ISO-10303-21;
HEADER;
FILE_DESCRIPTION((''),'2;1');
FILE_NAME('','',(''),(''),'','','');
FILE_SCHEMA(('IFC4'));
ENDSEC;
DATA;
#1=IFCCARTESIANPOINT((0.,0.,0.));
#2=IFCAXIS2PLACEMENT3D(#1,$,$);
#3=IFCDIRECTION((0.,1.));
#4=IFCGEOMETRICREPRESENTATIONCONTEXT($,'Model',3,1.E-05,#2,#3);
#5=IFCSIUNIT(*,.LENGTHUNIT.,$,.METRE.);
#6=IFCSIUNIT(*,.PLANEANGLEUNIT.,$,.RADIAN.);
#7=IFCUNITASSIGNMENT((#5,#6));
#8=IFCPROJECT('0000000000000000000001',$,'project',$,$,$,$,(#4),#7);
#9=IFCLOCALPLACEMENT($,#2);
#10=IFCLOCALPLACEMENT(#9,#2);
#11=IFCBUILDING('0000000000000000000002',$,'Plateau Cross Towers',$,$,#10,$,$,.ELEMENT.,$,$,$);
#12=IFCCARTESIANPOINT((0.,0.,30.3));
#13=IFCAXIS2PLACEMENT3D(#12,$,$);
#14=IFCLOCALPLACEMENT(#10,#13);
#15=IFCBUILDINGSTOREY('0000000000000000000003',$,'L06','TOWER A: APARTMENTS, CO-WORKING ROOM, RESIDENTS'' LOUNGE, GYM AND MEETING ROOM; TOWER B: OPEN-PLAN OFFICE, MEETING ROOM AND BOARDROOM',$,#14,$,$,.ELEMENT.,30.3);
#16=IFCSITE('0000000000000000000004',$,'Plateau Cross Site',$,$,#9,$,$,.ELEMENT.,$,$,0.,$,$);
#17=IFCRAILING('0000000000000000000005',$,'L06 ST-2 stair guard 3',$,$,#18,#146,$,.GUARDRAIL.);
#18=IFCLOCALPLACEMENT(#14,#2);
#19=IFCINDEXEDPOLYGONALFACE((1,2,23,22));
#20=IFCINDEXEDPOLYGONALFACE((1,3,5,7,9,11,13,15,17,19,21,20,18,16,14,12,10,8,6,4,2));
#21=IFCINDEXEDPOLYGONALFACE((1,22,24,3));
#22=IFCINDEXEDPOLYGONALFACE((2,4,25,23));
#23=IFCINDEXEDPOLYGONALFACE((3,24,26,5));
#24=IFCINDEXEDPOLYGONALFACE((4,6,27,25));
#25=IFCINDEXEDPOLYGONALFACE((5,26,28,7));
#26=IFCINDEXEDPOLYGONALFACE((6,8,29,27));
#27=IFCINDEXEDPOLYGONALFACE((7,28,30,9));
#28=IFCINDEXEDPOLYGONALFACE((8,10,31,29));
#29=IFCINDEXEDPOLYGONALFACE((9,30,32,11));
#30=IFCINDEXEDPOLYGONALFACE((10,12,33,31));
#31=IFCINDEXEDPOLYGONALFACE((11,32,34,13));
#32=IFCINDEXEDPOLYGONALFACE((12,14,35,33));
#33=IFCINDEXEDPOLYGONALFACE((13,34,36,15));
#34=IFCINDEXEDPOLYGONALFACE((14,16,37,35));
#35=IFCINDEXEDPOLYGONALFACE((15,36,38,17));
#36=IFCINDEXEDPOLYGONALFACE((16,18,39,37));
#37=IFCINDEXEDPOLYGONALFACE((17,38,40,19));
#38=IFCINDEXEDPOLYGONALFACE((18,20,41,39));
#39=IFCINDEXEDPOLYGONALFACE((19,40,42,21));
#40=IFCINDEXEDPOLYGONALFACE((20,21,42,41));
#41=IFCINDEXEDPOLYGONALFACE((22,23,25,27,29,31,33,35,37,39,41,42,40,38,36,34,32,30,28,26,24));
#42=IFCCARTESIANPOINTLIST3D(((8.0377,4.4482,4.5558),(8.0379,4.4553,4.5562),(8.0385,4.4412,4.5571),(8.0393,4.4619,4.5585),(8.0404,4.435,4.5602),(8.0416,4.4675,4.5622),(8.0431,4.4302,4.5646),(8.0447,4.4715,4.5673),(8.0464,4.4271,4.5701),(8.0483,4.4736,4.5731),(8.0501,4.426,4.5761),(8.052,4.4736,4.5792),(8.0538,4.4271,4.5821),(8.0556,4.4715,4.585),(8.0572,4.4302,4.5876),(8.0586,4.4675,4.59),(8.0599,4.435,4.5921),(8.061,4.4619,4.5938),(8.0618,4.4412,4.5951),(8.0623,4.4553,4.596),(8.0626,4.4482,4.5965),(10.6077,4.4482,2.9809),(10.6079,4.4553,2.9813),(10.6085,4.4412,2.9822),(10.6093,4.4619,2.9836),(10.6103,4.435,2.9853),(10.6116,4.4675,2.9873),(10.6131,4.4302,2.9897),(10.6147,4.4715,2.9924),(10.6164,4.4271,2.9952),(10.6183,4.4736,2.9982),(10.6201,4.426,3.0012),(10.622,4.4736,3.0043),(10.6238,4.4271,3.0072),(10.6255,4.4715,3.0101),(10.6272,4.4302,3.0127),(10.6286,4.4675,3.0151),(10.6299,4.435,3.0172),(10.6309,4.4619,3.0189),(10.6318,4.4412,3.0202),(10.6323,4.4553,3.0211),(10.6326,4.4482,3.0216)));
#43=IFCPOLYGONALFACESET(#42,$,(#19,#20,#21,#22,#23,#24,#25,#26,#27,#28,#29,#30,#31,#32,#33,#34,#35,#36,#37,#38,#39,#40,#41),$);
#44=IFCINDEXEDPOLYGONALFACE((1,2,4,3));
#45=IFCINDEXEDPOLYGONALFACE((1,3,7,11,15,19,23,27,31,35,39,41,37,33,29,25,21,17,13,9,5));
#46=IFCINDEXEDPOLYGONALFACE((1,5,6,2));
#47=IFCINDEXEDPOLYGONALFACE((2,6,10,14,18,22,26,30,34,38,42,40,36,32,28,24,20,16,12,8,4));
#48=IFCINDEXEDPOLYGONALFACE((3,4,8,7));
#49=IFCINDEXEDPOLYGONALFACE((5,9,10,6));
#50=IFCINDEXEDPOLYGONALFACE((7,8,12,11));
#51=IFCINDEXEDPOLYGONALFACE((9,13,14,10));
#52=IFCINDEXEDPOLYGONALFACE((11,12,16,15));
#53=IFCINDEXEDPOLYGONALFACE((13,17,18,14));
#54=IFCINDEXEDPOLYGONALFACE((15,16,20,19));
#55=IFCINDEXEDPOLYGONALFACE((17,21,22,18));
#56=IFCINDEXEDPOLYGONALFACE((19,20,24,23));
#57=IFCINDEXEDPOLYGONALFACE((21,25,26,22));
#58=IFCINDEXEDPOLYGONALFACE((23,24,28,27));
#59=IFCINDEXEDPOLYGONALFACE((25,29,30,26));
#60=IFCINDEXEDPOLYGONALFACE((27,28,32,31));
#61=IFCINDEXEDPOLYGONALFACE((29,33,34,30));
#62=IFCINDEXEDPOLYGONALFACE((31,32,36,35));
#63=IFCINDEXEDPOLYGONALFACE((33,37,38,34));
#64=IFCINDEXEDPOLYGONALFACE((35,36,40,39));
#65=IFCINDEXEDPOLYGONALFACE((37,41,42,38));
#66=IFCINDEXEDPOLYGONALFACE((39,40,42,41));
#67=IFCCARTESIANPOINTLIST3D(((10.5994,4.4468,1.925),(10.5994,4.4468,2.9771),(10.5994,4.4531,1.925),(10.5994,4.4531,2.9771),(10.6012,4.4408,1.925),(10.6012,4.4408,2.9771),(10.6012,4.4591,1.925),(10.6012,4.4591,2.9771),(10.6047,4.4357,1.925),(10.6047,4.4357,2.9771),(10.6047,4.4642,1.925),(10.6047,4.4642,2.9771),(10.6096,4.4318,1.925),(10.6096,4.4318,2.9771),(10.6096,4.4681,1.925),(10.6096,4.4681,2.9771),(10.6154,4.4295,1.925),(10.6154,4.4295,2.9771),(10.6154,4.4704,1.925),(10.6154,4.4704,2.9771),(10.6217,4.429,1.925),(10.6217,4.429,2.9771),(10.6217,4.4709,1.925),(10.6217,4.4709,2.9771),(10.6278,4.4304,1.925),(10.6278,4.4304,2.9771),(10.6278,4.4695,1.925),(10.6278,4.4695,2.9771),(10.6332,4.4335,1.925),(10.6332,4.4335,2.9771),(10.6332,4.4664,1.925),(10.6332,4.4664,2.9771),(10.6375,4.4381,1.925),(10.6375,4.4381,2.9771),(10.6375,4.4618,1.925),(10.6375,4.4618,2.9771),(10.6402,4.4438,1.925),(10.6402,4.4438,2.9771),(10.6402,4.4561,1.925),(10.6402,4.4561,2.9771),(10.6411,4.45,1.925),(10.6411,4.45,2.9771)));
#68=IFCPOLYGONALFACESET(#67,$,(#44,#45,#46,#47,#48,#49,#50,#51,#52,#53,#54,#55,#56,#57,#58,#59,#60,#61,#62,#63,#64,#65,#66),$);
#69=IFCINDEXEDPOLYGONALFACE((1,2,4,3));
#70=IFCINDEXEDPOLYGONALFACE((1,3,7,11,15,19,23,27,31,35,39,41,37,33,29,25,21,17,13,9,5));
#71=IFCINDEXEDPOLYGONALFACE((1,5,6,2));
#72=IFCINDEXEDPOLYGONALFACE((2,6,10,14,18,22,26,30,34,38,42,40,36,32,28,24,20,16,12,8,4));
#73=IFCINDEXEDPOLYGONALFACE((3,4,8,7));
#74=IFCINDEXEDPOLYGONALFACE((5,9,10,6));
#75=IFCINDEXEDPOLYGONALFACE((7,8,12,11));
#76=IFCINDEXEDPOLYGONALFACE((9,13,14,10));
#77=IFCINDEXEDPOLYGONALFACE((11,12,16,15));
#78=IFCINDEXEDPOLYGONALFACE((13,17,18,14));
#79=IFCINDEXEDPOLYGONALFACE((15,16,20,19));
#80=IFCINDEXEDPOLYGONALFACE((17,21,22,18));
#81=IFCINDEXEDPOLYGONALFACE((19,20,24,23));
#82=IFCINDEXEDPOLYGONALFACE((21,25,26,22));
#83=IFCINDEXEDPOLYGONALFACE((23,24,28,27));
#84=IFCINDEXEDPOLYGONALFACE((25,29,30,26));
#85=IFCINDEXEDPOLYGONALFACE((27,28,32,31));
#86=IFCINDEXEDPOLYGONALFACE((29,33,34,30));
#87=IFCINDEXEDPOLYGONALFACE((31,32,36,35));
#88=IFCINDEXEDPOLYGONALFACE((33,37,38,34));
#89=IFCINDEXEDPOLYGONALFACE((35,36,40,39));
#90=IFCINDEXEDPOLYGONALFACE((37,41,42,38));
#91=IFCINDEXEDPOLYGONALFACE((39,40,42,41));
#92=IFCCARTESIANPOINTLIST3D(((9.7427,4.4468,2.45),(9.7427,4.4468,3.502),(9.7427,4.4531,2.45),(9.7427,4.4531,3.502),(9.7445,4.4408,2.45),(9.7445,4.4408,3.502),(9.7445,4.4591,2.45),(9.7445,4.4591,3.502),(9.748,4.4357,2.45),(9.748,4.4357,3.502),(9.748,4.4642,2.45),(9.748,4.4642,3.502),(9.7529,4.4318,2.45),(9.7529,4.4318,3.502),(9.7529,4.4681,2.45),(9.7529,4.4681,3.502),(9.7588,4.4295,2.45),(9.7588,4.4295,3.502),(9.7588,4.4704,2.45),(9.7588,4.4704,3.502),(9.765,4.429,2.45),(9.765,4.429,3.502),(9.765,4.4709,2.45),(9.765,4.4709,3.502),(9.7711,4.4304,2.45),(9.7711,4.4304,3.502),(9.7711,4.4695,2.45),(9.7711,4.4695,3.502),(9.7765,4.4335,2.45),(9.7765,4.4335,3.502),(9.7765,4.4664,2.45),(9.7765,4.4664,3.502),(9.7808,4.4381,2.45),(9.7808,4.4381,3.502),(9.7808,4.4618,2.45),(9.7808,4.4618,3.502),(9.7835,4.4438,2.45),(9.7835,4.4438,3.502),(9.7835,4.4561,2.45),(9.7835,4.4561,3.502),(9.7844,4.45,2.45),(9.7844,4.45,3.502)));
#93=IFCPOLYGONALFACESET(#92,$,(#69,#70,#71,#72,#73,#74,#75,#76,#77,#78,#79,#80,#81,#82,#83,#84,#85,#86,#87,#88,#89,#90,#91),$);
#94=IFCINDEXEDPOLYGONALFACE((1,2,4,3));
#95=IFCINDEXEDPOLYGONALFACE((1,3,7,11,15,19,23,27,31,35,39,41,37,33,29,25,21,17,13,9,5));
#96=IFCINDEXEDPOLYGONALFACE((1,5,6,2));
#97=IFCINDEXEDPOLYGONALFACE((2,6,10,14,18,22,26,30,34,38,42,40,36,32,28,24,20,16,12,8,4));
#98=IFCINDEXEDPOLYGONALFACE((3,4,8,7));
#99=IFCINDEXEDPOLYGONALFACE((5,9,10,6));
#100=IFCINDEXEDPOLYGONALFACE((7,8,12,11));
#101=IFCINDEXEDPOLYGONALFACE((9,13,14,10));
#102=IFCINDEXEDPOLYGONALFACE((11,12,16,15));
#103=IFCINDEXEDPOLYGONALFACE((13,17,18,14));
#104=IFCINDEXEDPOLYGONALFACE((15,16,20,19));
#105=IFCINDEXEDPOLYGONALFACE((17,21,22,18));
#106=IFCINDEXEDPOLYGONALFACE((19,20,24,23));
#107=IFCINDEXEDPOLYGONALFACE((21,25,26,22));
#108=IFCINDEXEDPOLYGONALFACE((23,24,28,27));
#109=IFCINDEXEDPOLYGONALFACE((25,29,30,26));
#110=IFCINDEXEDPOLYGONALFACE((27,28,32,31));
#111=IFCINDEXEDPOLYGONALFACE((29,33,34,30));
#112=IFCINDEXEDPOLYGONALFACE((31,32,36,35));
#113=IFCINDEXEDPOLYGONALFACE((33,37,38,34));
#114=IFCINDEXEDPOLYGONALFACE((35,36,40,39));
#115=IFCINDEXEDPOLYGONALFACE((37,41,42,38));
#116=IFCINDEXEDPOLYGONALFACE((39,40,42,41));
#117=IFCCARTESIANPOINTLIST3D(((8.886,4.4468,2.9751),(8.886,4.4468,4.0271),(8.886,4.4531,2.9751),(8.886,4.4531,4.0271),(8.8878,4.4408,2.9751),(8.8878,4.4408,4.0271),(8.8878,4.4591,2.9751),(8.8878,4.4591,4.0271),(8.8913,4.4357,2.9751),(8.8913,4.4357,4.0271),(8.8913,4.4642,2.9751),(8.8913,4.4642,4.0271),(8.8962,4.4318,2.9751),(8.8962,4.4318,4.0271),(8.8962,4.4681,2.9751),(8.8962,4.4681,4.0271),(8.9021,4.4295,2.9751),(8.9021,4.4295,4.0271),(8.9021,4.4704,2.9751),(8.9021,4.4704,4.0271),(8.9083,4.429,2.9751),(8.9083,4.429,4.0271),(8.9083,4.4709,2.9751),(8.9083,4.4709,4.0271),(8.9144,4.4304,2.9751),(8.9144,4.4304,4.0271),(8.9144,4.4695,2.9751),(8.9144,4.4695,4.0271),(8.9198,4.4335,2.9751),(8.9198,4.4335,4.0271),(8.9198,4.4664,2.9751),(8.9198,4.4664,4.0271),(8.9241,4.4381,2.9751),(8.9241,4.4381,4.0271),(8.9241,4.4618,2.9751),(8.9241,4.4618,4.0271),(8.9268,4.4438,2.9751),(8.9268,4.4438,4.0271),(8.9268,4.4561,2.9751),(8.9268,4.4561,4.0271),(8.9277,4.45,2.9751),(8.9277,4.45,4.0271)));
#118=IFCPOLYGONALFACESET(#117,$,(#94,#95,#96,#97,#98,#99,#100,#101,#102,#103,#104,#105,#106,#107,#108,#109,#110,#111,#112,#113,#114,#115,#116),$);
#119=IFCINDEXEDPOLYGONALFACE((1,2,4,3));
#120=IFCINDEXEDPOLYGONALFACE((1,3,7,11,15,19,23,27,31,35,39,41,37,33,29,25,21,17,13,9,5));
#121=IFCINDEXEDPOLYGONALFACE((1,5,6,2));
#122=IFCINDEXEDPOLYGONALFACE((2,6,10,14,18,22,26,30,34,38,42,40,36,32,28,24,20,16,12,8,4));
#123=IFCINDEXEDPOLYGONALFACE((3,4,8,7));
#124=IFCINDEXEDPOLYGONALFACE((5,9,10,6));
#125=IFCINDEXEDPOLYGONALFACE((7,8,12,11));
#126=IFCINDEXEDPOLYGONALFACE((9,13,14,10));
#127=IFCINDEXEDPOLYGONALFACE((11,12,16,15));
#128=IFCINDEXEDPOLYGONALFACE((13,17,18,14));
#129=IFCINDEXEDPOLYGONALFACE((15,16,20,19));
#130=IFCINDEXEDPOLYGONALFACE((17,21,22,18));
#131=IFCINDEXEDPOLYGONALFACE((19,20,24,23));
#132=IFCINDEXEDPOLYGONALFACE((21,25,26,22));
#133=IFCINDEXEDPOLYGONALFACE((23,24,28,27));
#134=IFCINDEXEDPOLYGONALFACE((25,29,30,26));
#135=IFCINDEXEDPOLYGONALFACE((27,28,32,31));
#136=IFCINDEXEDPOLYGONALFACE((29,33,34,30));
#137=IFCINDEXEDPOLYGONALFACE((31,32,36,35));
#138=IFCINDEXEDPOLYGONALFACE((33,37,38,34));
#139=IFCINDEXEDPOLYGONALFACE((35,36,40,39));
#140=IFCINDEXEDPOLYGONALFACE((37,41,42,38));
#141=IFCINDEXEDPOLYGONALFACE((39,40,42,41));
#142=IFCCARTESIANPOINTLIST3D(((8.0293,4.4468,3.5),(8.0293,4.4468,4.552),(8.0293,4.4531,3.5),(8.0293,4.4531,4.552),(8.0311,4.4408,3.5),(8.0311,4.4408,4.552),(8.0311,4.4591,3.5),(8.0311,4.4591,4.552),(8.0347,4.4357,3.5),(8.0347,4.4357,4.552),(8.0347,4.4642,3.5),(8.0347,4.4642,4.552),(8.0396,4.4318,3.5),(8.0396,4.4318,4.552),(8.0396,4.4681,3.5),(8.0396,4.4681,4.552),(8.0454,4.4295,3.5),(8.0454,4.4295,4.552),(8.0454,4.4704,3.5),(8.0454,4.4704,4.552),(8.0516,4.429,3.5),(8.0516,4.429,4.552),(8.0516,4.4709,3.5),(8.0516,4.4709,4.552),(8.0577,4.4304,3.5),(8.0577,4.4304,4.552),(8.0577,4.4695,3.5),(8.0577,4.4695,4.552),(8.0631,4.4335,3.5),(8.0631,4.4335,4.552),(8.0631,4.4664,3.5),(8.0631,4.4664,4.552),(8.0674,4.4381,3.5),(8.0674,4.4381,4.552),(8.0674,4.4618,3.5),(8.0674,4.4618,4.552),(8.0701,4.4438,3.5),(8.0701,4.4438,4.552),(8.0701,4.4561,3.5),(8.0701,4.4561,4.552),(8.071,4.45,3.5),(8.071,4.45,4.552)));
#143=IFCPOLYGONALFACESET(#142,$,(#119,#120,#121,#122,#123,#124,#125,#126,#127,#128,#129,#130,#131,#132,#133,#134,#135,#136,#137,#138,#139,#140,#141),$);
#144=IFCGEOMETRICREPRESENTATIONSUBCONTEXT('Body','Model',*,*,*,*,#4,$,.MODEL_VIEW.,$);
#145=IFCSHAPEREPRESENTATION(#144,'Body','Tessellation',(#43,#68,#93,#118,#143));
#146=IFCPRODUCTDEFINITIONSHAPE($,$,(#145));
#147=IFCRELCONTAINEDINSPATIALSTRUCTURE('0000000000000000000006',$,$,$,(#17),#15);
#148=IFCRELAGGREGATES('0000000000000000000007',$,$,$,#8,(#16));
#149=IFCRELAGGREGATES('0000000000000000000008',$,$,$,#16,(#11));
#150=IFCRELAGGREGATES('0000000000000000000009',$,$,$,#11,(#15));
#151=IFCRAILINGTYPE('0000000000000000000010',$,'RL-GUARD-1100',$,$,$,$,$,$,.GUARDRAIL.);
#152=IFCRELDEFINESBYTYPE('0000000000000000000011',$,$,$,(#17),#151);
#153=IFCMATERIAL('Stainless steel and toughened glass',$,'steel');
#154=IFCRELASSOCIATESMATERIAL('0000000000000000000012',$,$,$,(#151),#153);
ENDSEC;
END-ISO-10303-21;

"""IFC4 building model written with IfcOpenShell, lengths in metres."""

from ifc_helpers import new_model, si_unit, direction, frame, origin, origin_2d, place, context, subcontext, project, spatial, circle, extrude, material, type_object, element, save


model = new_model("IFC4")

# Units and contexts
model_context = context("Model", 3, precision=1e-05, world=origin(), true_north=direction((0.0, 1.0)))
body_context = subcontext(model_context, "Body", "Model", "MODEL_VIEW")
ifc_project = project(units=[si_unit("LENGTHUNIT", "METRE"), si_unit("PLANEANGLEUNIT", "RADIAN")], contexts=[model_context])

# Site, building, storey
site_placement = place(None, origin())
site = spatial("IfcSite", under=ifc_project, at=site_placement, Name="Plateau Cross Site", CompositionType="ELEMENT", RefElevation=0.0)
building_placement = place(site_placement, origin())
building = spatial("IfcBuilding", under=site, at=building_placement, Name="Plateau Cross Towers", CompositionType="ELEMENT")
storey_placement = place(building_placement, frame((0.0, 0.0, 30.3)))
storey = spatial("IfcBuildingStorey", under=building, at=storey_placement, Name="L06", Description="TOWER A: APARTMENTS, CO-WORKING ROOM, RESIDENTS' LOUNGE, GYM AND MEETING ROOM; TOWER B: OPEN-PLAN OFFICE, MEETING ROOM AND BOARDROOM", CompositionType="ELEMENT", Elevation=30.3)

# Railing
ifc_material_1 = material(Name="Stainless steel and toughened glass", Category="steel")
railing_type_1 = type_object("IfcRailingType", Name="RL-GUARD-1100", PredefinedType="GUARDRAIL", material=ifc_material_1)
railing_1_placement = place(storey_placement, frame((10.6201, 4.45, 1.925)))
element("IfcRailing", 1, at=railing_1_placement, inside=storey, type_object=railing_type_1, Name="L06 ST-2 stair guard 3", PredefinedType="GUARDRAIL", context=body_context, shape_type="SweptSolid", body=[
    extrude(circle(Radius=0.0239, at=origin_2d()), frame((0.0, 0.0, 1.0762), z_axis=(-0.852639, 0.0, 0.522501), x_axis=(0.0, -1.0, 0.0)), (0.0, 0.0, 1.0), 3.0142),
    extrude(circle(Radius=0.021, at=origin_2d()), origin(), (0.0, 0.0, 1.0), 1.052),
    extrude(circle(Radius=0.021, at=origin_2d()), frame((-0.8567, 0.0, 0.5249)), (0.0, 0.0, 1.0), 1.052),
    extrude(circle(Radius=0.021, at=origin_2d()), frame((-1.7134, 0.0, 1.05)), (0.0, 0.0, 1.0), 1.052),
    extrude(circle(Radius=0.021, at=origin_2d()), frame((-2.5701, 0.0, 1.575)), (0.0, 0.0, 1.0), 1.052),
])

save(model, "model.ifc")
